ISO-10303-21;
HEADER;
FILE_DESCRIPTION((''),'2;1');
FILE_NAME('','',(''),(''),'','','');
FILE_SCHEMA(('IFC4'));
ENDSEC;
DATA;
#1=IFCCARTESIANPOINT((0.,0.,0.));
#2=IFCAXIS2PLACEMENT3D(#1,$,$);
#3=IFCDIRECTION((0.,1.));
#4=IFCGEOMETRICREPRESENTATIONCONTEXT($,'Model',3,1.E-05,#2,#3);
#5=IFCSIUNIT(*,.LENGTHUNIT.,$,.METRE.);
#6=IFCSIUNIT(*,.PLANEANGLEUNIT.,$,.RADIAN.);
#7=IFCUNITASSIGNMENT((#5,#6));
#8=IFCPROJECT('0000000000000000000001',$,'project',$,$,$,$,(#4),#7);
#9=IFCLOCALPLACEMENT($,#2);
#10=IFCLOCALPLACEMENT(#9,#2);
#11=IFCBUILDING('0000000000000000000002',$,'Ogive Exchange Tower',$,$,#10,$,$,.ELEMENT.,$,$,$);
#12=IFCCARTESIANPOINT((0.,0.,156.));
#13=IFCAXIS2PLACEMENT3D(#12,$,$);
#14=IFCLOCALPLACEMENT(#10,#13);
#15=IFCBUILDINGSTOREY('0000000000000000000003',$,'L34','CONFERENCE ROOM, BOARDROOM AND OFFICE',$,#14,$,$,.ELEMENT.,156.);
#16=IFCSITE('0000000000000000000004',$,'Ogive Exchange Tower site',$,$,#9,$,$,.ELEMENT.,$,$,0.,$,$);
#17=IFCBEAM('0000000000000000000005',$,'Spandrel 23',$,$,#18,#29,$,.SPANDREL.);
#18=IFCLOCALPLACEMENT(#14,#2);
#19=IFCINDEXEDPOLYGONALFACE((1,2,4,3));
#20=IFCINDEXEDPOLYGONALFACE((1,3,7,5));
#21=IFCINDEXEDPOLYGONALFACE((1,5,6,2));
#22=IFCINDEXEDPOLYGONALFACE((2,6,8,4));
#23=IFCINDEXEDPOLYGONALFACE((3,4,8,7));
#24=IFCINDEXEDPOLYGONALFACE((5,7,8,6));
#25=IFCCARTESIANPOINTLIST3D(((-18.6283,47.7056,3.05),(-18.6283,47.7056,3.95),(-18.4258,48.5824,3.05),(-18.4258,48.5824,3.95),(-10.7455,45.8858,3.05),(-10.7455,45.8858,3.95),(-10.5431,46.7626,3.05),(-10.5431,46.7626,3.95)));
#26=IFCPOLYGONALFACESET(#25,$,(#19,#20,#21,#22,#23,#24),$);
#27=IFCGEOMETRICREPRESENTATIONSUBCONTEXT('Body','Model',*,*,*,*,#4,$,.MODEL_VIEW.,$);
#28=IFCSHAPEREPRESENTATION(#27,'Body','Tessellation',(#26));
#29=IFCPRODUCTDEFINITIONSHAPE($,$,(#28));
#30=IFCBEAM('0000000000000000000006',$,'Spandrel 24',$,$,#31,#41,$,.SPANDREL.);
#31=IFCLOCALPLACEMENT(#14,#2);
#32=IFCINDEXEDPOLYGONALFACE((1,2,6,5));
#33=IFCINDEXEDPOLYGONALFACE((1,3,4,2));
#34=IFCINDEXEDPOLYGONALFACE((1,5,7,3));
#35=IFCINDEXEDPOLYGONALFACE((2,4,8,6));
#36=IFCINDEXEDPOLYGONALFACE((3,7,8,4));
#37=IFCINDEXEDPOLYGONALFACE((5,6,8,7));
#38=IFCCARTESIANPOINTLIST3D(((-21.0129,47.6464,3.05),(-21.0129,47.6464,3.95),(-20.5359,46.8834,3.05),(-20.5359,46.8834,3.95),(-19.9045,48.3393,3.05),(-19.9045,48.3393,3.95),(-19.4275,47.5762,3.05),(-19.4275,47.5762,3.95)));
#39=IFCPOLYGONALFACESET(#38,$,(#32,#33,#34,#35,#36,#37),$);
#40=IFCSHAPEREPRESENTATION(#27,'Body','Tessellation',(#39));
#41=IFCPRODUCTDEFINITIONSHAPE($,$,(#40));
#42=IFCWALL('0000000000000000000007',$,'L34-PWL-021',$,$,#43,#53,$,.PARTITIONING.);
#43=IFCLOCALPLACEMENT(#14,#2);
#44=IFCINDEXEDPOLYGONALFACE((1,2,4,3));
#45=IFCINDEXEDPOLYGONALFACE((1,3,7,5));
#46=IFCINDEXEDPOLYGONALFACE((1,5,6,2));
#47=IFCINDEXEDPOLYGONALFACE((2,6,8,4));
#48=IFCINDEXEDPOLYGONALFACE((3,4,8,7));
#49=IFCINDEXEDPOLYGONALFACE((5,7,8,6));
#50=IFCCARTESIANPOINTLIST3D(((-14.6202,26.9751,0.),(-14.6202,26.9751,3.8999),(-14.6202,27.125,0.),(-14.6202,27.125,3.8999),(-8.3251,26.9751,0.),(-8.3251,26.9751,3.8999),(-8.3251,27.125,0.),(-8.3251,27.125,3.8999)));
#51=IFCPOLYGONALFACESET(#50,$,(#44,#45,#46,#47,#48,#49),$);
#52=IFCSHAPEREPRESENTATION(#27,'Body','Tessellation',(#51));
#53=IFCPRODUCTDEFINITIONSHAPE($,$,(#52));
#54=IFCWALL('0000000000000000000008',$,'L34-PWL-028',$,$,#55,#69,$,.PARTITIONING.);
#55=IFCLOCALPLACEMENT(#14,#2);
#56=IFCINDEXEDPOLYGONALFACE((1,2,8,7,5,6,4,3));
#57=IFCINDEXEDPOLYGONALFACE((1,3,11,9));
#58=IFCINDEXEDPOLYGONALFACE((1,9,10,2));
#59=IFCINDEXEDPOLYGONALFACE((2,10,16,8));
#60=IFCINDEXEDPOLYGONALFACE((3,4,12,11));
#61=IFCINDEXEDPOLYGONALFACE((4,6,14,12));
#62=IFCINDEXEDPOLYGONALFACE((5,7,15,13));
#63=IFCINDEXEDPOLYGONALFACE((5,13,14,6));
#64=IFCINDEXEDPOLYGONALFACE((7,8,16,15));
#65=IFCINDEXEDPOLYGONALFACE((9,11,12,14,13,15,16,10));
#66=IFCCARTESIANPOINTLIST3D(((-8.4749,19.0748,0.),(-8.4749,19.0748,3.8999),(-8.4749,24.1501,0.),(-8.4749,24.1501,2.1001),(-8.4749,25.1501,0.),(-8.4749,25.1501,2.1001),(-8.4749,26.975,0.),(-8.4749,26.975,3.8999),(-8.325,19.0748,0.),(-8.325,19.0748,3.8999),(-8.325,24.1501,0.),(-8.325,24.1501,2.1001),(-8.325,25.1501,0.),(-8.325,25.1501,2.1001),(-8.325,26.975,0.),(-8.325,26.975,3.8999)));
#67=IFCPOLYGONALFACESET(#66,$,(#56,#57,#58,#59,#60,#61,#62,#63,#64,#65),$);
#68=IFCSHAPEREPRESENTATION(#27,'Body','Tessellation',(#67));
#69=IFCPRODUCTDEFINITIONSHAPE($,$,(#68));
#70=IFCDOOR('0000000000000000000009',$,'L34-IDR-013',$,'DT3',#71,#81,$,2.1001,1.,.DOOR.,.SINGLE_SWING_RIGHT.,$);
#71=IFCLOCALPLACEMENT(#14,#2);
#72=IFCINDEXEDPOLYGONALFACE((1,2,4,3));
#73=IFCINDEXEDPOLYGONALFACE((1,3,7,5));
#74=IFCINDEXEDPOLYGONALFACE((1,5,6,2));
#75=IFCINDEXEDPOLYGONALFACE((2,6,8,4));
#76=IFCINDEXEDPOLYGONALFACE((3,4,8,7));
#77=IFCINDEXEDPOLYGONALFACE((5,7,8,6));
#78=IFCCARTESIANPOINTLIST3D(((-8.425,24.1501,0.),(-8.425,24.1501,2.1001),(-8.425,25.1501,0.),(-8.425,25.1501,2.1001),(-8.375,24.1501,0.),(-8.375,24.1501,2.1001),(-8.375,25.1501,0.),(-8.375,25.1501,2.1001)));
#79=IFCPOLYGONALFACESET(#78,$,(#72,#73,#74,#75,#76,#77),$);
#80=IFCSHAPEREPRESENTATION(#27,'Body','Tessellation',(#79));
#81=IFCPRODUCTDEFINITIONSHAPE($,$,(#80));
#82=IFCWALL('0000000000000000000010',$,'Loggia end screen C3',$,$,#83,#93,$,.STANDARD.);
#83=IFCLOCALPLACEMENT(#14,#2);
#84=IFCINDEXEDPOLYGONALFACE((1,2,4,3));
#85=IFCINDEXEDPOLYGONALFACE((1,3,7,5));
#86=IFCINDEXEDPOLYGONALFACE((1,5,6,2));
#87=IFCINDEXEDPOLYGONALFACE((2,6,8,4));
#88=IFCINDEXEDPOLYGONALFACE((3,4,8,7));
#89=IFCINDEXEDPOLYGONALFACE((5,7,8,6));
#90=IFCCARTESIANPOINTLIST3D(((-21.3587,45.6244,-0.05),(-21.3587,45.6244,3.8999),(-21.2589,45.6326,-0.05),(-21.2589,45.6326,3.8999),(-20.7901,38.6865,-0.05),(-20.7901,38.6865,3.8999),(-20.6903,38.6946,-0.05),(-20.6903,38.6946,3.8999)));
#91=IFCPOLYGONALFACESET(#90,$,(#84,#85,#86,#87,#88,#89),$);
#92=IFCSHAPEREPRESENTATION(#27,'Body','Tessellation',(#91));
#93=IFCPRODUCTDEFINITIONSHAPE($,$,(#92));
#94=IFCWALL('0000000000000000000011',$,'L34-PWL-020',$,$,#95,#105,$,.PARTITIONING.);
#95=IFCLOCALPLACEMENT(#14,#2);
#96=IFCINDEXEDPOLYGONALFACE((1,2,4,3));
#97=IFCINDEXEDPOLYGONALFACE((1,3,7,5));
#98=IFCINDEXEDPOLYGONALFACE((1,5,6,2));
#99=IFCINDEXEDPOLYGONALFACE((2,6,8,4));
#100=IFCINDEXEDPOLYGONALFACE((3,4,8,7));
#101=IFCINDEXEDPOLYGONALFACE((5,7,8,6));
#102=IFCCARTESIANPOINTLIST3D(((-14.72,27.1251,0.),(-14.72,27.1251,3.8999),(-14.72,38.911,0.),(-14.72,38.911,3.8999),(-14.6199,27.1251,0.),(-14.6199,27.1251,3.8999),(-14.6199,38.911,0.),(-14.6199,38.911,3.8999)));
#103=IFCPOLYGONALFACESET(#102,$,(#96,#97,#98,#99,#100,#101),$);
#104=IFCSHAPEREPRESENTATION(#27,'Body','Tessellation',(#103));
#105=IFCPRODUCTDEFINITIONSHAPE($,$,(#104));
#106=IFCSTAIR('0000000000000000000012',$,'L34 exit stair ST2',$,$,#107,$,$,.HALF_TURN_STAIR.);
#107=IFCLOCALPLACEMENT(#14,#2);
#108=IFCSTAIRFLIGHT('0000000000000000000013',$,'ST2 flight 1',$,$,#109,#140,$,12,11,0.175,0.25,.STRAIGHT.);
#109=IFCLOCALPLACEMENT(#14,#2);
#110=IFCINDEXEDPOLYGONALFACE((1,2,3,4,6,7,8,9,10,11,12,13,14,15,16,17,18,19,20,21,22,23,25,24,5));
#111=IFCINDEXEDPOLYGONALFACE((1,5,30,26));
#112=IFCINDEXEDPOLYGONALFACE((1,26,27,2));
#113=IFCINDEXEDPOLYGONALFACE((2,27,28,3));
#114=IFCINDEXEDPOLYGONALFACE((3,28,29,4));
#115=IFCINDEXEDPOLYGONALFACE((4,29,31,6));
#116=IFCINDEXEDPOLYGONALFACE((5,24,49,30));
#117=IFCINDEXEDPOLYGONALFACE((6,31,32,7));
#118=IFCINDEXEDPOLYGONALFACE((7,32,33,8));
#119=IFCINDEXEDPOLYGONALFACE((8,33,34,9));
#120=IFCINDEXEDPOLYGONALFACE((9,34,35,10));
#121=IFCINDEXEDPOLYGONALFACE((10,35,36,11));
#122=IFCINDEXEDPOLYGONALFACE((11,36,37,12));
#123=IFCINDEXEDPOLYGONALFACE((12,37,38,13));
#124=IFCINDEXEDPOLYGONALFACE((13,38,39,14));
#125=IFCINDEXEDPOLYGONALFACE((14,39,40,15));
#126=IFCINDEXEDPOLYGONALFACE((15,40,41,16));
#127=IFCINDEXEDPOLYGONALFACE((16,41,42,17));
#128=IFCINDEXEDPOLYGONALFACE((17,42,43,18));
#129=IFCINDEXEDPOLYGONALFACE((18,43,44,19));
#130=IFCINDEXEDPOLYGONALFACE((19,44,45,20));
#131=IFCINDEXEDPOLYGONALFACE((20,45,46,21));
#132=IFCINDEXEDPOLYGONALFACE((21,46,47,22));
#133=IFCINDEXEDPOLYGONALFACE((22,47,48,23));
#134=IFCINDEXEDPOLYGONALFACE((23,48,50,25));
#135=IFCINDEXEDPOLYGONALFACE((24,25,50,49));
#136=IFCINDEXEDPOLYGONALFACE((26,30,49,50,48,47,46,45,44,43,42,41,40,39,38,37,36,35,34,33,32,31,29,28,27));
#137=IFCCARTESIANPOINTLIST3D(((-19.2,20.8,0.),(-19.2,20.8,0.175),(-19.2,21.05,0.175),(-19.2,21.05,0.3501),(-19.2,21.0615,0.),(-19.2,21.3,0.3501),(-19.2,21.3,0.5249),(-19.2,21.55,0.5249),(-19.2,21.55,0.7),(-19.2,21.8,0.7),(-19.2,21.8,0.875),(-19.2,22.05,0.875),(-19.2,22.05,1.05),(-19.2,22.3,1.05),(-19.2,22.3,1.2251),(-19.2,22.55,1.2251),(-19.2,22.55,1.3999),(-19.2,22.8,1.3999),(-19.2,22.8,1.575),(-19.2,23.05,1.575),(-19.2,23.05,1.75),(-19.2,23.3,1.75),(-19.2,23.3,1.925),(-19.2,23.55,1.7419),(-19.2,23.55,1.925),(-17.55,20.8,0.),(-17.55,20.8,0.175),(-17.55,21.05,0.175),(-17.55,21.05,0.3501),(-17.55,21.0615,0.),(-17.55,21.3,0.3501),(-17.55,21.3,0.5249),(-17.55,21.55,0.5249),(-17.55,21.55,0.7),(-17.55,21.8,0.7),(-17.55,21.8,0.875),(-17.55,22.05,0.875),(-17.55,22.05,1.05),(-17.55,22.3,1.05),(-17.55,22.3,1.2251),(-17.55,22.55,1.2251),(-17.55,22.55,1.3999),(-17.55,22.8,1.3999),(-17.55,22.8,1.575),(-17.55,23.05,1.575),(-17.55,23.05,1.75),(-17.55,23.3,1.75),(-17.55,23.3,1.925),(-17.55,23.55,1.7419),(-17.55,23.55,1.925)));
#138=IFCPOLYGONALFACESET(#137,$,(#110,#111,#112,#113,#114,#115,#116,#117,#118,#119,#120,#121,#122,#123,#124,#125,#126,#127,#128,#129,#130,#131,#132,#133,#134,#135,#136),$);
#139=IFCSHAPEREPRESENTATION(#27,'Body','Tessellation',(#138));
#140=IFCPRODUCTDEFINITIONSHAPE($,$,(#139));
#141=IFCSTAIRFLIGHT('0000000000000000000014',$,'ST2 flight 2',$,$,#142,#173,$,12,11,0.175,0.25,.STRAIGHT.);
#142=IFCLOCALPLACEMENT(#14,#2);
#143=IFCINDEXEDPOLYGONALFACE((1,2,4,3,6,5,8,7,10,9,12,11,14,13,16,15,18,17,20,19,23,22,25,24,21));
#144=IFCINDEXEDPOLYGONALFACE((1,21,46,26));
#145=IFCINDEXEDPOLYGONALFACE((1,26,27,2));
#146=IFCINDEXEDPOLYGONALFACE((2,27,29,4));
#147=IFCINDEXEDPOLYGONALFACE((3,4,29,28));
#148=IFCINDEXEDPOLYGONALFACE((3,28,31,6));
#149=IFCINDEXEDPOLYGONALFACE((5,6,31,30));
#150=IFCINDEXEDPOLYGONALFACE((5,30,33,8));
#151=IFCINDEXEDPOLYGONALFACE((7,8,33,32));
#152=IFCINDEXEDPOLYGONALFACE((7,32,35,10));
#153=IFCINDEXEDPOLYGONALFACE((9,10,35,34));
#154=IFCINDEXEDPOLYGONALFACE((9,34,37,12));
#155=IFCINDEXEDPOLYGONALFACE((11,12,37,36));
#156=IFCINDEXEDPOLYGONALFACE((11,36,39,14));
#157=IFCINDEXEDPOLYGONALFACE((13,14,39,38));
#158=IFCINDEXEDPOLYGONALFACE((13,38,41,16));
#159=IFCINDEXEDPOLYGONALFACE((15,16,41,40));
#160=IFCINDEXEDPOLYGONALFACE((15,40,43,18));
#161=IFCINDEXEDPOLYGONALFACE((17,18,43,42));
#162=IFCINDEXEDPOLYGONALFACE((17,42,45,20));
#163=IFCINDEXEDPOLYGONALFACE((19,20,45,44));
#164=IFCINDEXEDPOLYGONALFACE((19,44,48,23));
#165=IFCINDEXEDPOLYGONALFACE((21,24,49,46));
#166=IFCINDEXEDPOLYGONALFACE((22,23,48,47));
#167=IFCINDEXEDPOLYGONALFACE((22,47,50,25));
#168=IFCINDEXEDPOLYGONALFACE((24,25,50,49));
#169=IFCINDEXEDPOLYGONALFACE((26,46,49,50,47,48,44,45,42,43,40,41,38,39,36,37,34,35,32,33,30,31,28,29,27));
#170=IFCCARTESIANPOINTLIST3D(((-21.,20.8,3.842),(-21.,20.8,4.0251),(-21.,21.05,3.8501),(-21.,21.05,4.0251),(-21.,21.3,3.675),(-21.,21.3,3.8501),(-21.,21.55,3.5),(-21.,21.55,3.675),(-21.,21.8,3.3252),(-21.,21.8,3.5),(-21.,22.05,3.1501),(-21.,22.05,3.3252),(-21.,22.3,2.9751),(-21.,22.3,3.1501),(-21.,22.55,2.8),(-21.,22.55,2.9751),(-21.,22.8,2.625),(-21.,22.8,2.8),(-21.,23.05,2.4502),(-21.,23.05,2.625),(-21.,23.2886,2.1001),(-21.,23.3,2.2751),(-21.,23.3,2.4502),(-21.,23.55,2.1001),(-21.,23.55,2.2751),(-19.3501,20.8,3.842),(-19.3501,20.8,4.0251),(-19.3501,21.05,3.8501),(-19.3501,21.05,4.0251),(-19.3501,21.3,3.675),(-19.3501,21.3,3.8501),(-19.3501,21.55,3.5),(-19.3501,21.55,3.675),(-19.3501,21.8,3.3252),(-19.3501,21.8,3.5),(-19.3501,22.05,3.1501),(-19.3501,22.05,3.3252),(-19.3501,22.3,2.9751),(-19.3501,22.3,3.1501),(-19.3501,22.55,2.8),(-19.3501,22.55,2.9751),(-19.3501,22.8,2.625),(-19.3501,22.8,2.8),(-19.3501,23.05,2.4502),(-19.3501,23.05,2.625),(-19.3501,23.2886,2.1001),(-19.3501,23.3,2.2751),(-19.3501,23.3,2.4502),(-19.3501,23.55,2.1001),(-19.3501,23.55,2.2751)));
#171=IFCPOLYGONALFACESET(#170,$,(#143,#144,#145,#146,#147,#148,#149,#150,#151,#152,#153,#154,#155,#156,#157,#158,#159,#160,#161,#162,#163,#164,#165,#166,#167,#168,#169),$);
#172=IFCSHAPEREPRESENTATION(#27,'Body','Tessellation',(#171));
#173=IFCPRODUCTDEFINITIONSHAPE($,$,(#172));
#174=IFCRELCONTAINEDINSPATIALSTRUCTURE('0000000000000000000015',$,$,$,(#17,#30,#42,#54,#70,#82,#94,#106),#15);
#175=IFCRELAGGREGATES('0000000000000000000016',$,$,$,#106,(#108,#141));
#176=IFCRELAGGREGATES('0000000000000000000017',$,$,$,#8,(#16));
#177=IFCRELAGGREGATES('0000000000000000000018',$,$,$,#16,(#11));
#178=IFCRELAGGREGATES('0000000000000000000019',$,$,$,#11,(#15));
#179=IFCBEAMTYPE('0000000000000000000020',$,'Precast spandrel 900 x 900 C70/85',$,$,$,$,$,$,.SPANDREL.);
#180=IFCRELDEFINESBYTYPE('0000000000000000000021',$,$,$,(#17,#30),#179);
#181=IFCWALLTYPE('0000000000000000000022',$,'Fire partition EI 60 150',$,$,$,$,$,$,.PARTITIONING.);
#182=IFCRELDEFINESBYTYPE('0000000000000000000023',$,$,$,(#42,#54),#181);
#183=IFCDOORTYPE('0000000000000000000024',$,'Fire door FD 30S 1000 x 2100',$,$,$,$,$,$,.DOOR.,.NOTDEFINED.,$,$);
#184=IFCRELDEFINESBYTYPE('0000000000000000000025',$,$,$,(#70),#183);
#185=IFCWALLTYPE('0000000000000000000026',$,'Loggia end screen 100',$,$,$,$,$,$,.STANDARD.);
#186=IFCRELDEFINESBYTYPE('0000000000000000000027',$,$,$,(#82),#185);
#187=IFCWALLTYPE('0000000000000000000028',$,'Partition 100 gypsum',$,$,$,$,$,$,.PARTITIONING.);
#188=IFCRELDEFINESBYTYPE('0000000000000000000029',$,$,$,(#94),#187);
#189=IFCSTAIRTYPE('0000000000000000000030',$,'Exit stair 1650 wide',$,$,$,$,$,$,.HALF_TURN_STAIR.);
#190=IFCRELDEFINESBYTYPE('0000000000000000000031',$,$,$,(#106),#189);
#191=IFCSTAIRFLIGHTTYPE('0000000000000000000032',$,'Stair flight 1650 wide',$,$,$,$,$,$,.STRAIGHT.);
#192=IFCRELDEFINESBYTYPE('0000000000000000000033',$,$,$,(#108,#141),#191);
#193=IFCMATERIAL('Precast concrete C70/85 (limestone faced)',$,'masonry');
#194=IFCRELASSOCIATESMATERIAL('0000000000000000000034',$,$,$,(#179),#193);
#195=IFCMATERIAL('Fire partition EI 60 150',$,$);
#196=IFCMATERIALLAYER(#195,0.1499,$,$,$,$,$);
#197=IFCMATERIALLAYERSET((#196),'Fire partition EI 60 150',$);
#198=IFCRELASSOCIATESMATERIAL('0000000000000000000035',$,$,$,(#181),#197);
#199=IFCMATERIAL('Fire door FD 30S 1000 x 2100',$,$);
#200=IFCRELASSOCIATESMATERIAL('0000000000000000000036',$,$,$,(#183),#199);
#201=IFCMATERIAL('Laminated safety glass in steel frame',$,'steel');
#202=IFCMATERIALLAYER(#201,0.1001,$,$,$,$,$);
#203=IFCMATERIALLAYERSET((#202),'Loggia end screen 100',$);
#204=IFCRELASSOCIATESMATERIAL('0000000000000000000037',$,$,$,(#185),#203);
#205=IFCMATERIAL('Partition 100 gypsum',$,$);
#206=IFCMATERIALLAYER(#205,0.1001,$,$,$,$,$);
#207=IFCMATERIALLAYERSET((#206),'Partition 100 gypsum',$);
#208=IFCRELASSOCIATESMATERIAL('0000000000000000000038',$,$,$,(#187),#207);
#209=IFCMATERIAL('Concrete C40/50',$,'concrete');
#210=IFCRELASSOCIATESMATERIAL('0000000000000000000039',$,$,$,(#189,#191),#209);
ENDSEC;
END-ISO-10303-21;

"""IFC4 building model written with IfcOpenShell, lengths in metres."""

from ifc_helpers import new_model, si_unit, direction, frame, frame_2d, origin, origin_2d, place, context, subcontext, project, spatial, polyline, rectangle, outline, extrude, material, layer, layer_set, material_profile, profile_set, type_object, element, fill, aggregate, save


model = new_model("IFC4")

# Units and contexts
model_context = context("Model", 3, precision=1e-05, world=origin(), true_north=direction((0.0, 1.0)))
body_context = subcontext(model_context, "Body", "Model", "MODEL_VIEW")
ifc_project = project(units=[si_unit("LENGTHUNIT", "METRE"), si_unit("PLANEANGLEUNIT", "RADIAN")], contexts=[model_context])

# Site, building, storey
site_placement = place(None, origin())
site = spatial("IfcSite", under=ifc_project, at=site_placement, Name="Ogive Exchange Tower site", CompositionType="ELEMENT", RefElevation=0.0)
building_placement = place(site_placement, origin())
building = spatial("IfcBuilding", under=site, at=building_placement, Name="Ogive Exchange Tower", CompositionType="ELEMENT")
storey_placement = place(building_placement, frame((0.0, 0.0, 156.0)))
storey = spatial("IfcBuildingStorey", under=building, at=storey_placement, Name="L34", Description="CONFERENCE ROOM, BOARDROOM AND OFFICE", CompositionType="ELEMENT", Elevation=156.0)

# Shared definitions
ifc_material_1 = material(Name="Precast concrete C70/85 (limestone faced)", Category="masonry")

# Beams
ifc_material_profile_1 = material_profile(ifc_material_1, rectangle(XDim=0.8999, YDim=0.8999, at=origin_2d()), Name="900 x 900")
ifc_profile_set_1 = profile_set([ifc_material_profile_1], Name="Precast concrete C70/85 (limestone faced)")
beam_type_1 = type_object("IfcBeamType", Name="Precast spandrel 900 x 900 C70/85", PredefinedType="SPANDREL", material=ifc_profile_set_1)
beam_1_placement = place(storey_placement, frame((-10.6443, 46.3242, 3.5), z_axis=(-0.974372, 0.224943, 0.0), x_axis=(-0.224943, -0.974372, 0.0)))
element("IfcBeam", 1, at=beam_1_placement, inside=storey, type_object=beam_type_1, Name="Spandrel 23", PredefinedType="SPANDREL", context=body_context, shape_type="SweptSolid", body=[
    extrude(rectangle(XDim=0.8999, YDim=0.8999, at=origin_2d()), origin(), (0.0, 0.0, 1.0), 8.0901),
])
beam_2_placement = place(storey_placement, frame((-19.666, 47.9578, 3.5), z_axis=(-0.847956, -0.530066, 0.0), x_axis=(0.530066, -0.847956, 0.0)))
element("IfcBeam", 2, at=beam_2_placement, inside=storey, type_object=beam_type_1, Name="Spandrel 24", PredefinedType="SPANDREL", context=body_context, shape_type="SweptSolid", body=[
    extrude(rectangle(XDim=0.8999, YDim=0.8999, at=origin_2d()), origin(), (0.0, 0.0, 1.0), 1.3071),
])

# Wall
ifc_material_2 = material(Name="Fire partition EI 60 150")
ifc_layer_1 = layer(ifc_material_2, 0.1499)
ifc_layer_set_1 = layer_set([ifc_layer_1], Name="Fire partition EI 60 150")
wall_type_1 = type_object("IfcWallType", Name="Fire partition EI 60 150", PredefinedType="PARTITIONING", material=ifc_layer_set_1)
wall_1_placement = place(storey_placement, frame((-14.6201, 27.05, 0.0), z_axis=(0.0, 0.0, 1.0), x_axis=(1.0, 0.0, 0.0)))
element("IfcWall", 3, at=wall_1_placement, inside=storey, type_object=wall_type_1, Name="L34-PWL-021", PredefinedType="PARTITIONING", context=body_context, shape_type="SweptSolid", body=[
    extrude(rectangle(XDim=6.2952, YDim=0.1499, at=frame_2d((3.1475, 0.0))), origin(), (0.0, 0.0, 1.0), 3.8999),
])

# Wall, opening, door
wall_2_placement = place(storey_placement, frame((-8.3999, 26.9751, 0.0), z_axis=(0.0, 0.0, 1.0), x_axis=(0.0, -1.0, 0.0)))
wall_2 = element("IfcWall", 4, at=wall_2_placement, inside=storey, type_object=wall_type_1, Name="L34-PWL-028", PredefinedType="PARTITIONING", context=body_context, shape_type="SweptSolid", body=[
    extrude(rectangle(XDim=7.9001, YDim=0.1499, at=frame_2d((3.9502, 0.0))), origin(), (0.0, 0.0, 1.0), 3.8999),
])
opening_placement = place(wall_2_placement, frame((1.825, 0.0, 0.0)))
opening = element("IfcOpeningElement", 5, at=opening_placement, cuts=wall_2, PredefinedType="OPENING", context=body_context, shape_type="SweptSolid", body=[
    extrude(rectangle(XDim=1.0, YDim=2.1001, at=frame_2d((0.5, 1.05))), frame((0.0, 0.085, 0.0), z_axis=(0.0, -1.0, 0.0), x_axis=(1.0, 0.0, 0.0)), (0.0, 0.0, 1.0), 0.1699),
])
ifc_material_3 = material(Name="Fire door FD 30S 1000 x 2100")
door_type = type_object("IfcDoorType", Name="Fire door FD 30S 1000 x 2100", OperationType="NOTDEFINED", PredefinedType="DOOR", material=ifc_material_3)
door_placement = place(opening_placement, origin())
door = element("IfcDoor", 6, at=door_placement, inside=storey, type_object=door_type, Name="L34-IDR-013", ObjectType="DT3", OperationType="SINGLE_SWING_RIGHT", OverallHeight=2.1001, OverallWidth=1.0, PredefinedType="DOOR", context=body_context, shape_type="SweptSolid", body=[
    extrude(rectangle(XDim=1.0, YDim=2.1001, at=frame_2d((0.5, 1.05))), frame((0.0, 0.0249, 0.0), z_axis=(0.0, -1.0, 0.0), x_axis=(1.0, 0.0, 0.0)), (0.0, 0.0, 1.0), 0.05),
])
fill(opening, door)

# Walls
ifc_material_4 = material(Name="Laminated safety glass in steel frame", Category="steel")
ifc_layer_2 = layer(ifc_material_4, 0.1001)
ifc_layer_set_2 = layer_set([ifc_layer_2], Name="Loggia end screen 100")
wall_type_2 = type_object("IfcWallType", Name="Loggia end screen 100", PredefinedType="STANDARD", material=ifc_layer_set_2)
wall_3_placement = place(storey_placement, frame((-20.7402, 38.6907, -0.05), z_axis=(0.0, 0.0, 1.0), x_axis=(-0.081681, 0.996659, 0.0)))
element("IfcWall", 7, at=wall_3_placement, inside=storey, type_object=wall_type_2, Name="Loggia end screen C3", PredefinedType="STANDARD", context=body_context, shape_type="SweptSolid", body=[
    extrude(rectangle(XDim=6.9612, YDim=0.1001, at=frame_2d((3.4805, 0.0))), origin(), (0.0, 0.0, 1.0), 3.95),
])
ifc_material_5 = material(Name="Partition 100 gypsum")
ifc_layer_3 = layer(ifc_material_5, 0.1001)
ifc_layer_set_3 = layer_set([ifc_layer_3], Name="Partition 100 gypsum")
wall_type_3 = type_object("IfcWallType", Name="Partition 100 gypsum", PredefinedType="PARTITIONING", material=ifc_layer_set_3)
wall_4_placement = place(storey_placement, frame((-14.6699, 27.125, 0.0), z_axis=(0.0, 0.0, 1.0), x_axis=(0.0, 1.0, 0.0)))
element("IfcWall", 8, at=wall_4_placement, inside=storey, type_object=wall_type_3, Name="L34-PWL-020", PredefinedType="PARTITIONING", context=body_context, shape_type="SweptSolid", body=[
    extrude(rectangle(XDim=11.7859, YDim=0.1001, at=frame_2d((5.8931, 0.0))), origin(), (0.0, 0.0, 1.0), 3.8999),
])

# Stair, stair flights
ifc_material_6 = material(Name="Concrete C40/50", Category="concrete")
stair_type = type_object("IfcStairType", Name="Exit stair 1650 wide", PredefinedType="HALF_TURN_STAIR", material=ifc_material_6)
stair_placement = place(storey_placement, origin())
stair = element("IfcStair", 9, at=stair_placement, inside=storey, type_object=stair_type, Name="L34 exit stair ST2", PredefinedType="HALF_TURN_STAIR")
stair_flight_type = type_object("IfcStairFlightType", Name="Stair flight 1650 wide", PredefinedType="STRAIGHT", material=ifc_material_6)
stair_flight_1_placement = place(storey_placement, frame((-18.375, 20.8, 0.0), z_axis=(0.0, 0.0, 1.0), x_axis=(0.0, 1.0, 0.0)))
stair_flight_1 = element("IfcStairFlight", 10, at=stair_flight_1_placement, type_object=stair_flight_type, Name="ST2 flight 1", NumberOfRisers=12, NumberOfTreads=11, PredefinedType="STRAIGHT", RiserHeight=0.175, TreadLength=0.25, context=body_context, shape_type="SweptSolid", body=[
    extrude(outline(polyline([(0.0, 0.0), (0.0, 0.175), (0.25, 0.175), (0.25, 0.3501), (0.5, 0.3501), (0.5, 0.5249), (0.75, 0.5249), (0.75, 0.7), (1.0, 0.7), (1.0, 0.875), (1.25, 0.875), (1.25, 1.05), (1.5, 1.05), (1.5, 1.2251), (1.75, 1.2251), (1.75, 1.3999), (2.0, 1.3999), (2.0, 1.575), (2.25, 1.575), (2.25, 1.75), (2.5, 1.75), (2.5, 1.925), (2.75, 1.925), (2.75, 2.1001), (2.75, 1.7419), (0.2615, 0.0), (0.0, 0.0)])), frame((0.0, 0.825, 0.0), z_axis=(0.0, -1.0, 0.0), x_axis=(1.0, 0.0, 0.0)), (0.0, 0.0, 1.0), 1.6499),
])
stair_flight_2_placement = place(storey_placement, frame((-20.175, 23.55, 2.1001), z_axis=(0.0, 0.0, 1.0), x_axis=(0.0, -1.0, 0.0)))
stair_flight_2 = element("IfcStairFlight", 11, at=stair_flight_2_placement, type_object=stair_flight_type, Name="ST2 flight 2", NumberOfRisers=12, NumberOfTreads=11, PredefinedType="STRAIGHT", RiserHeight=0.175, TreadLength=0.25, context=body_context, shape_type="SweptSolid", body=[
    extrude(outline(polyline([(0.0, 0.0), (0.0, 0.175), (0.25, 0.175), (0.25, 0.3501), (0.5, 0.3501), (0.5, 0.5249), (0.75, 0.5249), (0.75, 0.7), (1.0, 0.7), (1.0, 0.875), (1.25, 0.875), (1.25, 1.05), (1.5, 1.05), (1.5, 1.2251), (1.75, 1.2251), (1.75, 1.3999), (2.0, 1.3999), (2.0, 1.575), (2.25, 1.575), (2.25, 1.75), (2.5, 1.75), (2.5, 1.925), (2.75, 1.925), (2.75, 2.1001), (2.75, 1.7419), (0.2615, 0.0), (0.0, 0.0)])), frame((0.0, 0.825, 0.0), z_axis=(0.0, -1.0, 0.0), x_axis=(1.0, 0.0, 0.0)), (0.0, 0.0, 1.0), 1.6499),
])
aggregate(stair, [stair_flight_1, stair_flight_2])

save(model, "model.ifc")
